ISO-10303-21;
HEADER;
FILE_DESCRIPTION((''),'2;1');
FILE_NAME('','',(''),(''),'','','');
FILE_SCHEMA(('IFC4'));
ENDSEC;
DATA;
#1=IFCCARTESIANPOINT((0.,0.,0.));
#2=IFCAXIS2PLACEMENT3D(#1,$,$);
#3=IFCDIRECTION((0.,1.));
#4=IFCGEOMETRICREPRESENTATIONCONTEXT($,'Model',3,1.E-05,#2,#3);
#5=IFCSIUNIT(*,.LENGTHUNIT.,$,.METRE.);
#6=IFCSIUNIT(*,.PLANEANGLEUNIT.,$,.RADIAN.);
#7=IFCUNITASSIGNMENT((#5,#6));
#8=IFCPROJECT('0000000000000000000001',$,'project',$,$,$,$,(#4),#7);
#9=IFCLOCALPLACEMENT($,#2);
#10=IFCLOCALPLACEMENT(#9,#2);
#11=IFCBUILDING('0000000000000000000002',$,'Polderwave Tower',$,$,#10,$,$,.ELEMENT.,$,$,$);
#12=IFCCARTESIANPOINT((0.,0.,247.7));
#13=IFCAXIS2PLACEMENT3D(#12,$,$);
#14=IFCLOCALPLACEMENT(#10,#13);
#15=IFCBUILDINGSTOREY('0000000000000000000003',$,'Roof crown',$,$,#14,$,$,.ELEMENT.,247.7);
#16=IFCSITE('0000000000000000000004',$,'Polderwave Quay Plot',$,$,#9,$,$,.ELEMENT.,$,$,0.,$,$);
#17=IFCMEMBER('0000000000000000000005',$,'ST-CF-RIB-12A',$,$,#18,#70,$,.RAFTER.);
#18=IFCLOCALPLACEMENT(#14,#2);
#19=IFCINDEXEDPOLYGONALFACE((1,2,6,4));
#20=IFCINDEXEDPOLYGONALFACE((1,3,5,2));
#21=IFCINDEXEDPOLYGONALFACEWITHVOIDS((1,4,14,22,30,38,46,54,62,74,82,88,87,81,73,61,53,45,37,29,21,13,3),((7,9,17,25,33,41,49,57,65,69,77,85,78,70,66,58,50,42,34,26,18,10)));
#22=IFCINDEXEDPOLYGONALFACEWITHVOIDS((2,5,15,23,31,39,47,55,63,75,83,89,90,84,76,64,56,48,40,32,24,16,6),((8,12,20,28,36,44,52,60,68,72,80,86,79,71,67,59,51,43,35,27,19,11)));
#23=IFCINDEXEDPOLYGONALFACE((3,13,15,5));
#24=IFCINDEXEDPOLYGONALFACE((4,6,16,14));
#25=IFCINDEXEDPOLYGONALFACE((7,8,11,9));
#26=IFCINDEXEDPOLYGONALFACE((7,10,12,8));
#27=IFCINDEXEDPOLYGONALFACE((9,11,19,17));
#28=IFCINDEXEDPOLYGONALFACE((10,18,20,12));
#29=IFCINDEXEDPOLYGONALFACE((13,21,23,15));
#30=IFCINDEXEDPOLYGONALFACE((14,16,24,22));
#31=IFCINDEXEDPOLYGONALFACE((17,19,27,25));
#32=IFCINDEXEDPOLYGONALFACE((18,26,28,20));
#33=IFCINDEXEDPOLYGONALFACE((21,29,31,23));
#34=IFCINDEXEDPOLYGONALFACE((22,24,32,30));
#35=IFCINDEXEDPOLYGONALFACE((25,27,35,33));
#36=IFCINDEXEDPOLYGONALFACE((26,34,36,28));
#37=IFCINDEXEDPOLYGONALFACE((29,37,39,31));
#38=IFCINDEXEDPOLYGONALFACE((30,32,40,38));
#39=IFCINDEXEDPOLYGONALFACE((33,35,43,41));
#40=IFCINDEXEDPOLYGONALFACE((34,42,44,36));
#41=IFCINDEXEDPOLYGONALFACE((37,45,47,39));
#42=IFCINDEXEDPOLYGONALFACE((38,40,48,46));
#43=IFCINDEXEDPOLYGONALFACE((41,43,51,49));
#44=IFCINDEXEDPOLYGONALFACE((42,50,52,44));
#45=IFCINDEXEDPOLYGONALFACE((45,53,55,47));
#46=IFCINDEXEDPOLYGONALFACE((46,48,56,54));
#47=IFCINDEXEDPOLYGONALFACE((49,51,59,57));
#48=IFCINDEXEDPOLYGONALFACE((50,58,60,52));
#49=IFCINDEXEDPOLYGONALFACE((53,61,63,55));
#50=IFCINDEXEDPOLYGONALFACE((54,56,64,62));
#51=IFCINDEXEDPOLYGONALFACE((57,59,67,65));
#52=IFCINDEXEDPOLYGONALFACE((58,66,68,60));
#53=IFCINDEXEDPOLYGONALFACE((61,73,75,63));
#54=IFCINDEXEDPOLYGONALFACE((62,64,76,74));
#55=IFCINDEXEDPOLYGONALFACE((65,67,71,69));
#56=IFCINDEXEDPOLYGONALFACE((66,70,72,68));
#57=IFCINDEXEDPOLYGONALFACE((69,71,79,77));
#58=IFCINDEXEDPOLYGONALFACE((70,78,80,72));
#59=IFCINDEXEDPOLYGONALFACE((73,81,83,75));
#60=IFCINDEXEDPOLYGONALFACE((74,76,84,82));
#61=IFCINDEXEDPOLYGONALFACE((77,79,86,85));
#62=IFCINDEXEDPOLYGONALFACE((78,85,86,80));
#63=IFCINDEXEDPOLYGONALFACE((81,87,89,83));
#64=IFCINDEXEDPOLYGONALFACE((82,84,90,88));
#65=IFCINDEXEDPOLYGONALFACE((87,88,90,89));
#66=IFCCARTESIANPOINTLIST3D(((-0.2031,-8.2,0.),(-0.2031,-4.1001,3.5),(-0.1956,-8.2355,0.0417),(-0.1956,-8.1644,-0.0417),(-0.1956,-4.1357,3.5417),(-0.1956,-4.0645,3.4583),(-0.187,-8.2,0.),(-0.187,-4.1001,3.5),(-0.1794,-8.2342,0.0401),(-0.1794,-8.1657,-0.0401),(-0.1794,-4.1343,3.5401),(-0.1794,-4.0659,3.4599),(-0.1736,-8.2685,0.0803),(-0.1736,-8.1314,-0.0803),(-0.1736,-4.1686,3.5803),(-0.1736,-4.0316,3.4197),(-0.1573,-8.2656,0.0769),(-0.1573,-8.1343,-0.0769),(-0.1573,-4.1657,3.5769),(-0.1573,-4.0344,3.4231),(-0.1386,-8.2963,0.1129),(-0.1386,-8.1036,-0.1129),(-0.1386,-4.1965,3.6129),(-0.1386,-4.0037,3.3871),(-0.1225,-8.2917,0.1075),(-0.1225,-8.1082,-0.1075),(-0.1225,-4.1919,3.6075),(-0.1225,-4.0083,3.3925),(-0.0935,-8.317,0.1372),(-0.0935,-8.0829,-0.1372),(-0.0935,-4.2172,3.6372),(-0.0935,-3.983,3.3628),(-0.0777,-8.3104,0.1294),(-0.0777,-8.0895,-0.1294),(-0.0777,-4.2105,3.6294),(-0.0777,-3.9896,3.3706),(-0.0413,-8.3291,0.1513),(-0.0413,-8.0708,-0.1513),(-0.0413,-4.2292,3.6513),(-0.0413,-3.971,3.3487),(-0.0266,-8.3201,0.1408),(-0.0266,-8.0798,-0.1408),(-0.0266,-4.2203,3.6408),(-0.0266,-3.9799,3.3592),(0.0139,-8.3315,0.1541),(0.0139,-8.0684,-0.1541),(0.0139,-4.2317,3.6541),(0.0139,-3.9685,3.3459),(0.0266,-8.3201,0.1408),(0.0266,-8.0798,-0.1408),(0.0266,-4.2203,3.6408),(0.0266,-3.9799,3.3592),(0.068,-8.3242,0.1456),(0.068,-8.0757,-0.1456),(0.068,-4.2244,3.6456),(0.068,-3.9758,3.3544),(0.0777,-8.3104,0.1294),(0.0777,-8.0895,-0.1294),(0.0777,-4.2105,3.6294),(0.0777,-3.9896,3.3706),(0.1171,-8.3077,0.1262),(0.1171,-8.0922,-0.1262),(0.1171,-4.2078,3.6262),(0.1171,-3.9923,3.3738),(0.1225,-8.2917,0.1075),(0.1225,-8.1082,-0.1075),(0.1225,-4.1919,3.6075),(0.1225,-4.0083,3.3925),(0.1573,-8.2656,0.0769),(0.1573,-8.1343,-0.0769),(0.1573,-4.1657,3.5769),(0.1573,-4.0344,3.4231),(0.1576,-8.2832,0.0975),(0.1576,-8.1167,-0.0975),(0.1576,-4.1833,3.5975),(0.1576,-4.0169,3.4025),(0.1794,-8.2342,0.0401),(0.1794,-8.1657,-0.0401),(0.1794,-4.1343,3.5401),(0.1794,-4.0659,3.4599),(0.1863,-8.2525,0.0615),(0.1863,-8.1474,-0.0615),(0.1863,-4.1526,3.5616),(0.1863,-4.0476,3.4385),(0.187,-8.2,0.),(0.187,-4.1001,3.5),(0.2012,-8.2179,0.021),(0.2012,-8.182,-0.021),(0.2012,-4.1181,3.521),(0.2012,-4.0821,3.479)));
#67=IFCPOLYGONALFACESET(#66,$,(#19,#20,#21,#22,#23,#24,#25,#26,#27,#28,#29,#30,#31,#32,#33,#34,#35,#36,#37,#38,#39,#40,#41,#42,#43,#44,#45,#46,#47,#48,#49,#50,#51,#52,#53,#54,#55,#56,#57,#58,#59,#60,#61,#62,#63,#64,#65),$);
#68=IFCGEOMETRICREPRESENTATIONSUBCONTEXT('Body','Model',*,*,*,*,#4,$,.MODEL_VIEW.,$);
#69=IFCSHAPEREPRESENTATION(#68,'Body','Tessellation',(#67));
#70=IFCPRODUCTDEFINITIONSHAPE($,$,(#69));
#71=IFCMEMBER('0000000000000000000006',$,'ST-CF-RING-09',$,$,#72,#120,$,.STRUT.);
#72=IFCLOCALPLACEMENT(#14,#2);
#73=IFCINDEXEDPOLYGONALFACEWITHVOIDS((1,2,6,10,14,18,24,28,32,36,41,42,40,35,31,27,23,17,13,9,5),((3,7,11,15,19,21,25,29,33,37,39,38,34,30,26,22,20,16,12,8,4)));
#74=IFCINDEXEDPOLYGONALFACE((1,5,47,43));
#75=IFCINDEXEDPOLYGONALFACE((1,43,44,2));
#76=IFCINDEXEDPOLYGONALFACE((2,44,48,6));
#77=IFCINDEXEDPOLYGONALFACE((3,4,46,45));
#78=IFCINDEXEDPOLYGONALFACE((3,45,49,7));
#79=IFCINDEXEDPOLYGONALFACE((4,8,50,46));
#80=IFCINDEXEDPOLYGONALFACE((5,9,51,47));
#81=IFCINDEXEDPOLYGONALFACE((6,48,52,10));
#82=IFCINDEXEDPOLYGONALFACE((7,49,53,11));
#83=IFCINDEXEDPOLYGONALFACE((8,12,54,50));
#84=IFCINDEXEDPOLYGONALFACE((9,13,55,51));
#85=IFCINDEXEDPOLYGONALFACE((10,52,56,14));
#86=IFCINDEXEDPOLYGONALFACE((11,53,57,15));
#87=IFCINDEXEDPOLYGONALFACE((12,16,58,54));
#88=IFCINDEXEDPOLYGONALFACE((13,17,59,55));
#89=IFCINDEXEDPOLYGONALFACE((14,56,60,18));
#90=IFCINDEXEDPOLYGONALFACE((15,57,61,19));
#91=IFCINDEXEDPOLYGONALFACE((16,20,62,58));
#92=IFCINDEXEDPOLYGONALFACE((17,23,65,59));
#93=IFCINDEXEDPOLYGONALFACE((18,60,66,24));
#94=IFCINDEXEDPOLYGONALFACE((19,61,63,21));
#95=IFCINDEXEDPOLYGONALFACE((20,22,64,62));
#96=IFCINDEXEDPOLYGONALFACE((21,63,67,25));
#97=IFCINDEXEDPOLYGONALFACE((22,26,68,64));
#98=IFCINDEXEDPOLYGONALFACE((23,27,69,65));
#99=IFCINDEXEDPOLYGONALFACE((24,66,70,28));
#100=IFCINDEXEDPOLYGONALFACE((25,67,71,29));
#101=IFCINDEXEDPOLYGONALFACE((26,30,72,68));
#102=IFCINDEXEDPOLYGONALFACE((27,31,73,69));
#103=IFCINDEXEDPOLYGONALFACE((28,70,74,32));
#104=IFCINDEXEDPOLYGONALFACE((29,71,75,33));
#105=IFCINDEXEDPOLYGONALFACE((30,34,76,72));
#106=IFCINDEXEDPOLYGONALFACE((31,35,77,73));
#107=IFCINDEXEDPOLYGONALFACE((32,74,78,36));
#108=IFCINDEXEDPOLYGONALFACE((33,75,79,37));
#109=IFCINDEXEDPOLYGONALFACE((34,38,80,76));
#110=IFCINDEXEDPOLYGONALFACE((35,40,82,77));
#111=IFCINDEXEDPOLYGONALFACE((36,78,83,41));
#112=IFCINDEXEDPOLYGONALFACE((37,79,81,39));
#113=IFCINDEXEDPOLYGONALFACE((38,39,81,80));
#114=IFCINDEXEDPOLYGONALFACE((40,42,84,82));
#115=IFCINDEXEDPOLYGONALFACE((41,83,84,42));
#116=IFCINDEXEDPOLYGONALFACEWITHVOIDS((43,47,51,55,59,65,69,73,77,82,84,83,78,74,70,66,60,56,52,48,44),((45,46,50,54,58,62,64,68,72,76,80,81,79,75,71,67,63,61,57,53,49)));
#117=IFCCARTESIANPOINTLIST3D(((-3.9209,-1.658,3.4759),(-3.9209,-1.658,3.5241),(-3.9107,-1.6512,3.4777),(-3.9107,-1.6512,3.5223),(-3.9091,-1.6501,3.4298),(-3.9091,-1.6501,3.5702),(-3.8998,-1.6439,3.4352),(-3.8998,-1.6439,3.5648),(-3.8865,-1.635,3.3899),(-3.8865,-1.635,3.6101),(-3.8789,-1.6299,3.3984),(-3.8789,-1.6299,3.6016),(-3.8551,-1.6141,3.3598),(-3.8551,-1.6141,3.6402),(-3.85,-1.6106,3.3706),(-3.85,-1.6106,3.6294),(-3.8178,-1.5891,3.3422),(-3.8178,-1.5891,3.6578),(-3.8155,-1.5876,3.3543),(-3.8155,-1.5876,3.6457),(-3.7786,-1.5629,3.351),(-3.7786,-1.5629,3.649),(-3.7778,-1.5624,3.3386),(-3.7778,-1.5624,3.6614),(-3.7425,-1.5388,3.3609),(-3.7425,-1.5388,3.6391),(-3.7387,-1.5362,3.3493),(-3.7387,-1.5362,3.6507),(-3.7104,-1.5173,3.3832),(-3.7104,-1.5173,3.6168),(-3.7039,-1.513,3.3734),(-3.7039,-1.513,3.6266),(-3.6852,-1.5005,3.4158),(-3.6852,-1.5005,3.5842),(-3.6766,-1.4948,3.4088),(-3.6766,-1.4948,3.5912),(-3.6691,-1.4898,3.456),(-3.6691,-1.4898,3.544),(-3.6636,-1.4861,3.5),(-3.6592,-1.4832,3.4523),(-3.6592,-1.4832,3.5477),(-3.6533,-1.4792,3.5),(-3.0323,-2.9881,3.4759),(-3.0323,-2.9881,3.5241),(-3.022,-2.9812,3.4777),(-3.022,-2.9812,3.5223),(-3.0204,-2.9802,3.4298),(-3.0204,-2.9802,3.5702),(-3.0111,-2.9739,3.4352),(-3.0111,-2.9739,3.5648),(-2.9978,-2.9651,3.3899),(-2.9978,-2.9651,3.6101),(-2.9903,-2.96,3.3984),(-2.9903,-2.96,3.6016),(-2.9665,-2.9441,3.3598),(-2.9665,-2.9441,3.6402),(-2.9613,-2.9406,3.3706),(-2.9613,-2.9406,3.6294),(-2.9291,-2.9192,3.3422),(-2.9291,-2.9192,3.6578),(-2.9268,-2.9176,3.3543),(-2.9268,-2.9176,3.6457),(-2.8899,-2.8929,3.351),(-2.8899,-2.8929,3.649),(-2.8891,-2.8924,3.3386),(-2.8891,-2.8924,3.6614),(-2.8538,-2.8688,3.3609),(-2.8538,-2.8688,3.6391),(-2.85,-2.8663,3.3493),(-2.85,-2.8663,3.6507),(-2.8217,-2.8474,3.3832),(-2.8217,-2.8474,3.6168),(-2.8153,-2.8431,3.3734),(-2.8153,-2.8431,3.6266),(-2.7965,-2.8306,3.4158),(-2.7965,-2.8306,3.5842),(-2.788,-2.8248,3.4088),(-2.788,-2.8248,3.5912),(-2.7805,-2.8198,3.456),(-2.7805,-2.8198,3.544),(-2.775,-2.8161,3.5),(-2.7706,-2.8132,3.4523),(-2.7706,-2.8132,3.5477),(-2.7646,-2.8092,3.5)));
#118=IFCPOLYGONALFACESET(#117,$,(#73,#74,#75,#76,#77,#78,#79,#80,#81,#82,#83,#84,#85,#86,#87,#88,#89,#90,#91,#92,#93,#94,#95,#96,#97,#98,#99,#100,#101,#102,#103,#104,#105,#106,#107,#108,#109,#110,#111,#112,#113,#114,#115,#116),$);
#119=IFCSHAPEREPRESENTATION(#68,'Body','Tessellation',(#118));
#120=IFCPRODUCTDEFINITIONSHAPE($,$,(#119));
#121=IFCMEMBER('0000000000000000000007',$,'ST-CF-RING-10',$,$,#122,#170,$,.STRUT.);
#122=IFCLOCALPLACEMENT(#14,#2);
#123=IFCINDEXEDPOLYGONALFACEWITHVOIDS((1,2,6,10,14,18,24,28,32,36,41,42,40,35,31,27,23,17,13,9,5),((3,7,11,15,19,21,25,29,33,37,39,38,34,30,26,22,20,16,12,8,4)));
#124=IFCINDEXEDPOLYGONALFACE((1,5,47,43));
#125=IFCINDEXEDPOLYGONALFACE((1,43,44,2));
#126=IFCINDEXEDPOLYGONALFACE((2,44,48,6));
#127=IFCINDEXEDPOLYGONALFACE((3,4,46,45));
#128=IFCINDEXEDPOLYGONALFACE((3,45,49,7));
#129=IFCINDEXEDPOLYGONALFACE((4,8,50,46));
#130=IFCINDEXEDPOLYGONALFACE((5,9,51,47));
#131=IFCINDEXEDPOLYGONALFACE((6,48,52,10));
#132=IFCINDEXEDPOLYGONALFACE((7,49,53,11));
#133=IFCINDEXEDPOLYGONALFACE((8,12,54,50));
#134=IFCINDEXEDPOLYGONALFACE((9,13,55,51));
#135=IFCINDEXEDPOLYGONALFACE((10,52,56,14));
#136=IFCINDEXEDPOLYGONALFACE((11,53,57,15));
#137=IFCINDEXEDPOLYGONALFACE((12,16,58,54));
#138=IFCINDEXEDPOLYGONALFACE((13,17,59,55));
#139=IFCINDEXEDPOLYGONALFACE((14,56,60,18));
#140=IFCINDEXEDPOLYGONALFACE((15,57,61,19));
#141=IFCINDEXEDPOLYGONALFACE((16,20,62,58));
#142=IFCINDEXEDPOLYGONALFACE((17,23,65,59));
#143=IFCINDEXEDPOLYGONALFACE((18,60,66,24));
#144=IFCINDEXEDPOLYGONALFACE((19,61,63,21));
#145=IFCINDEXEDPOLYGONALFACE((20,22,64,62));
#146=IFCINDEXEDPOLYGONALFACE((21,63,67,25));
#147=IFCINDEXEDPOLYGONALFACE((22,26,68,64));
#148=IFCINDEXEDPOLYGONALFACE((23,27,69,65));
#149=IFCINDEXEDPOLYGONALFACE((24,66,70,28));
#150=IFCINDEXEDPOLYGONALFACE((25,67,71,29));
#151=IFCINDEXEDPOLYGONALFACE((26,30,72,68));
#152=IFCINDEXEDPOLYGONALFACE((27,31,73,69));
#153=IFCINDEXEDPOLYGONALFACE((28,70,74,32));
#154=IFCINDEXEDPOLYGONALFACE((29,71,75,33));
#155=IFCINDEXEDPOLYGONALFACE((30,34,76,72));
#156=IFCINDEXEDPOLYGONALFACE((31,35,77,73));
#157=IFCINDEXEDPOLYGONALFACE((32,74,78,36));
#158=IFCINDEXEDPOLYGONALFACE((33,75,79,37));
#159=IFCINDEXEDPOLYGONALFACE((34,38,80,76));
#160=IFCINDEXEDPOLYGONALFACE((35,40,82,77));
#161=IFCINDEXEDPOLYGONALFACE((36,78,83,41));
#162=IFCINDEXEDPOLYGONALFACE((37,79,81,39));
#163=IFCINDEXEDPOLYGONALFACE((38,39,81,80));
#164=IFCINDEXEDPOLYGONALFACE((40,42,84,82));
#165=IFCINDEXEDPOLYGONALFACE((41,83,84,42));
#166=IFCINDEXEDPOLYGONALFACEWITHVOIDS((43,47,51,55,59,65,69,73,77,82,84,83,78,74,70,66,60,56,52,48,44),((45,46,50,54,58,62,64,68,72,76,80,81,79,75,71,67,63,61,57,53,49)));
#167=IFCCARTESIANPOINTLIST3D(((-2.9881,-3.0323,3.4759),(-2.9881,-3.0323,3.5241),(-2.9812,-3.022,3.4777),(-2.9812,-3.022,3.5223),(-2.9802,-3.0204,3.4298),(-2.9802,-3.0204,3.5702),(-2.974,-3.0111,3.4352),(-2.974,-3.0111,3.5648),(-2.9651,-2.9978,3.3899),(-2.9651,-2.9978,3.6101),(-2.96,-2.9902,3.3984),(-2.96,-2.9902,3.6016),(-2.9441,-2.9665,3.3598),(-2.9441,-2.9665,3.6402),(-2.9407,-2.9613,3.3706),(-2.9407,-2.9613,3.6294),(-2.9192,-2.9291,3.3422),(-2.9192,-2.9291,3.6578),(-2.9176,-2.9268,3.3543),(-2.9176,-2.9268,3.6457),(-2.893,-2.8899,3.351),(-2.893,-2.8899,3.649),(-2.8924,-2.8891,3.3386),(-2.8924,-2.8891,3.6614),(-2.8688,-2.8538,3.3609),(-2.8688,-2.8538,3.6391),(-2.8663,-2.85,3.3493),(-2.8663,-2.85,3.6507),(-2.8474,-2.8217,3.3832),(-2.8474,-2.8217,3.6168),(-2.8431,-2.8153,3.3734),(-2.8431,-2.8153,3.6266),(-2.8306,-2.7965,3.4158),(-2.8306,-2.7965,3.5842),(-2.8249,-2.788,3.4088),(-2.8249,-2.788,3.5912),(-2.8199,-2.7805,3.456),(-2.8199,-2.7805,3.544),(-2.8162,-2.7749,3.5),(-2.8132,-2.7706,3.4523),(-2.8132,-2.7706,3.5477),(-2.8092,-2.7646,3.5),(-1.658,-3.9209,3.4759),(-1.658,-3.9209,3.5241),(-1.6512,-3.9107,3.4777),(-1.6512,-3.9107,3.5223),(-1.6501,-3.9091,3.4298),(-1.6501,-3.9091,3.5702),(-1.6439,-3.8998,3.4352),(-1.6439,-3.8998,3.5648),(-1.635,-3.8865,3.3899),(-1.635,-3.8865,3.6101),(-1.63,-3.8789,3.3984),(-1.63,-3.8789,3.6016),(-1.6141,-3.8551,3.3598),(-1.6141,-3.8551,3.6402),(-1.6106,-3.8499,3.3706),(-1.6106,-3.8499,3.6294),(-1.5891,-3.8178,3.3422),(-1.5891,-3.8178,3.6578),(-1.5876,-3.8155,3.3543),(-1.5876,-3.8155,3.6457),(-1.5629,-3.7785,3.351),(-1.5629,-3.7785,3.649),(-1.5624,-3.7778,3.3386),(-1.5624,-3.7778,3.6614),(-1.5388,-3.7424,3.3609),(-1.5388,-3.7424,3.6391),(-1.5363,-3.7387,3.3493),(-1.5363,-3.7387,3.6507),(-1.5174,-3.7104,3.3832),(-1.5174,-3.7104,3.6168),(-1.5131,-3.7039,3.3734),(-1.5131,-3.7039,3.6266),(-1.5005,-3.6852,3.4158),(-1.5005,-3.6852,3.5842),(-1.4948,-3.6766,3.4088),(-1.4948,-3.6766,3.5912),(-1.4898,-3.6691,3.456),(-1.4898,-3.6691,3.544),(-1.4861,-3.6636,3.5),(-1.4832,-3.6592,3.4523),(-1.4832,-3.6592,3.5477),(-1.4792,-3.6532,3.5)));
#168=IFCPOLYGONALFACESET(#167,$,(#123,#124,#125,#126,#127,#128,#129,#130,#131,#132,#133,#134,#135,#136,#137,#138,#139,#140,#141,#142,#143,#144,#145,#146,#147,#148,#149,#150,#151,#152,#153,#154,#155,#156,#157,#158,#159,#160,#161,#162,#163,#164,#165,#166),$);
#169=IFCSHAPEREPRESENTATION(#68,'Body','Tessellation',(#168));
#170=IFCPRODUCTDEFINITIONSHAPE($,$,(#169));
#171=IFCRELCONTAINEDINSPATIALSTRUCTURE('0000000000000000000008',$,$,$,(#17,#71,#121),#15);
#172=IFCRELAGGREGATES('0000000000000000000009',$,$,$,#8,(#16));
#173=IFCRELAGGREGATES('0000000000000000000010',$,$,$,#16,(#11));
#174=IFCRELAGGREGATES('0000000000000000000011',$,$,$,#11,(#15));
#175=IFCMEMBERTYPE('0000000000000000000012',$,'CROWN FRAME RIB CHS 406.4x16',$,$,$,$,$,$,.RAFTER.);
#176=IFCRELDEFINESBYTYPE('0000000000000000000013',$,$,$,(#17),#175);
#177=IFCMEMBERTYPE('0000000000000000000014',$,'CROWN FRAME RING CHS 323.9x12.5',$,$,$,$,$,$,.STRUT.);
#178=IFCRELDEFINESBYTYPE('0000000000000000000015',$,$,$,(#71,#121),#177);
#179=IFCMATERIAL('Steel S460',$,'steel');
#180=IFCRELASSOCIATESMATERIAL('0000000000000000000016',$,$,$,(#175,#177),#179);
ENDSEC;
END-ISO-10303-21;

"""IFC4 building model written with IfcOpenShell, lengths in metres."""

from ifc_helpers import new_model, si_unit, direction, frame, origin, origin_2d, place, context, subcontext, project, spatial, hollow_circle, extrude, material, material_profile, profile_set, type_object, element, save


model = new_model("IFC4")

# Units and contexts
model_context = context("Model", 3, precision=1e-05, world=origin(), true_north=direction((0.0, 1.0)))
body_context = subcontext(model_context, "Body", "Model", "MODEL_VIEW")
ifc_project = project(units=[si_unit("LENGTHUNIT", "METRE"), si_unit("PLANEANGLEUNIT", "RADIAN")], contexts=[model_context])

# Site, building, storey
site_placement = place(None, origin())
site = spatial("IfcSite", under=ifc_project, at=site_placement, Name="Polderwave Quay Plot", CompositionType="ELEMENT", RefElevation=0.0)
building_placement = place(site_placement, origin())
building = spatial("IfcBuilding", under=site, at=building_placement, Name="Polderwave Tower", CompositionType="ELEMENT")
storey_placement = place(building_placement, frame((0.0, 0.0, 247.7)))
storey = spatial("IfcBuildingStorey", under=building, at=storey_placement, Name="Roof crown", CompositionType="ELEMENT", Elevation=247.7)

# Members
ifc_material_1 = material(Name="Steel S460", Category="steel")
ifc_material_profile_1 = material_profile(ifc_material_1, hollow_circle(Radius=0.2031, WallThickness=0.0161, at=origin_2d()), Name="CHS 406.4x16")
ifc_profile_set_1 = profile_set([ifc_material_profile_1], Name="Steel S460")
member_type_1 = type_object("IfcMemberType", Name="CROWN FRAME RIB CHS 406.4x16", PredefinedType="RAFTER", material=ifc_profile_set_1)
member_1_placement = place(storey_placement, frame((0.0, -8.2, 0.0), z_axis=(0.0, 0.760553, 0.649276), x_axis=(-1.0, 0.0, 0.0)))
element("IfcMember", 1, at=member_1_placement, inside=storey, type_object=member_type_1, Name="ST-CF-RIB-12A", PredefinedType="RAFTER", context=body_context, shape_type="SweptSolid", body=[
    extrude(hollow_circle(Radius=0.2031, WallThickness=0.0161, at=origin_2d()), origin(), (0.0, 0.0, 1.0), 5.3906),
])
ifc_material_profile_2 = material_profile(ifc_material_1, hollow_circle(Radius=0.1619, WallThickness=0.0125, at=origin_2d()), Name="CHS 323.9x12.5")
ifc_profile_set_2 = profile_set([ifc_material_profile_2], Name="Steel S460")
member_type_2 = type_object("IfcMemberType", Name="CROWN FRAME RING CHS 323.9x12.5", PredefinedType="STRUT", material=ifc_profile_set_2)
for number, where, z_axis, x_axis, name in (
    (2, (-3.7878, -1.5691, 3.5), (0.555545, -0.831486, 0.0), (0.831486, 0.555545, 0.0), "ST-CF-RING-09"),
    (3, (-2.8992, -2.8992, 3.5), (0.831486, -0.555545, 0.0), (0.555545, 0.831486, 0.0), "ST-CF-RING-10"),
):
    element("IfcMember", number, at=place(storey_placement, frame(where, z_axis=z_axis, x_axis=x_axis)), inside=storey, type_object=member_type_2, Name=name, PredefinedType="STRUT", context=body_context, shape_type="SweptSolid", body=[
        extrude(hollow_circle(Radius=0.1619, WallThickness=0.0125, at=origin_2d()), origin(), (0.0, 0.0, 1.0), 1.5996),
    ])

save(model, "model.ifc")
